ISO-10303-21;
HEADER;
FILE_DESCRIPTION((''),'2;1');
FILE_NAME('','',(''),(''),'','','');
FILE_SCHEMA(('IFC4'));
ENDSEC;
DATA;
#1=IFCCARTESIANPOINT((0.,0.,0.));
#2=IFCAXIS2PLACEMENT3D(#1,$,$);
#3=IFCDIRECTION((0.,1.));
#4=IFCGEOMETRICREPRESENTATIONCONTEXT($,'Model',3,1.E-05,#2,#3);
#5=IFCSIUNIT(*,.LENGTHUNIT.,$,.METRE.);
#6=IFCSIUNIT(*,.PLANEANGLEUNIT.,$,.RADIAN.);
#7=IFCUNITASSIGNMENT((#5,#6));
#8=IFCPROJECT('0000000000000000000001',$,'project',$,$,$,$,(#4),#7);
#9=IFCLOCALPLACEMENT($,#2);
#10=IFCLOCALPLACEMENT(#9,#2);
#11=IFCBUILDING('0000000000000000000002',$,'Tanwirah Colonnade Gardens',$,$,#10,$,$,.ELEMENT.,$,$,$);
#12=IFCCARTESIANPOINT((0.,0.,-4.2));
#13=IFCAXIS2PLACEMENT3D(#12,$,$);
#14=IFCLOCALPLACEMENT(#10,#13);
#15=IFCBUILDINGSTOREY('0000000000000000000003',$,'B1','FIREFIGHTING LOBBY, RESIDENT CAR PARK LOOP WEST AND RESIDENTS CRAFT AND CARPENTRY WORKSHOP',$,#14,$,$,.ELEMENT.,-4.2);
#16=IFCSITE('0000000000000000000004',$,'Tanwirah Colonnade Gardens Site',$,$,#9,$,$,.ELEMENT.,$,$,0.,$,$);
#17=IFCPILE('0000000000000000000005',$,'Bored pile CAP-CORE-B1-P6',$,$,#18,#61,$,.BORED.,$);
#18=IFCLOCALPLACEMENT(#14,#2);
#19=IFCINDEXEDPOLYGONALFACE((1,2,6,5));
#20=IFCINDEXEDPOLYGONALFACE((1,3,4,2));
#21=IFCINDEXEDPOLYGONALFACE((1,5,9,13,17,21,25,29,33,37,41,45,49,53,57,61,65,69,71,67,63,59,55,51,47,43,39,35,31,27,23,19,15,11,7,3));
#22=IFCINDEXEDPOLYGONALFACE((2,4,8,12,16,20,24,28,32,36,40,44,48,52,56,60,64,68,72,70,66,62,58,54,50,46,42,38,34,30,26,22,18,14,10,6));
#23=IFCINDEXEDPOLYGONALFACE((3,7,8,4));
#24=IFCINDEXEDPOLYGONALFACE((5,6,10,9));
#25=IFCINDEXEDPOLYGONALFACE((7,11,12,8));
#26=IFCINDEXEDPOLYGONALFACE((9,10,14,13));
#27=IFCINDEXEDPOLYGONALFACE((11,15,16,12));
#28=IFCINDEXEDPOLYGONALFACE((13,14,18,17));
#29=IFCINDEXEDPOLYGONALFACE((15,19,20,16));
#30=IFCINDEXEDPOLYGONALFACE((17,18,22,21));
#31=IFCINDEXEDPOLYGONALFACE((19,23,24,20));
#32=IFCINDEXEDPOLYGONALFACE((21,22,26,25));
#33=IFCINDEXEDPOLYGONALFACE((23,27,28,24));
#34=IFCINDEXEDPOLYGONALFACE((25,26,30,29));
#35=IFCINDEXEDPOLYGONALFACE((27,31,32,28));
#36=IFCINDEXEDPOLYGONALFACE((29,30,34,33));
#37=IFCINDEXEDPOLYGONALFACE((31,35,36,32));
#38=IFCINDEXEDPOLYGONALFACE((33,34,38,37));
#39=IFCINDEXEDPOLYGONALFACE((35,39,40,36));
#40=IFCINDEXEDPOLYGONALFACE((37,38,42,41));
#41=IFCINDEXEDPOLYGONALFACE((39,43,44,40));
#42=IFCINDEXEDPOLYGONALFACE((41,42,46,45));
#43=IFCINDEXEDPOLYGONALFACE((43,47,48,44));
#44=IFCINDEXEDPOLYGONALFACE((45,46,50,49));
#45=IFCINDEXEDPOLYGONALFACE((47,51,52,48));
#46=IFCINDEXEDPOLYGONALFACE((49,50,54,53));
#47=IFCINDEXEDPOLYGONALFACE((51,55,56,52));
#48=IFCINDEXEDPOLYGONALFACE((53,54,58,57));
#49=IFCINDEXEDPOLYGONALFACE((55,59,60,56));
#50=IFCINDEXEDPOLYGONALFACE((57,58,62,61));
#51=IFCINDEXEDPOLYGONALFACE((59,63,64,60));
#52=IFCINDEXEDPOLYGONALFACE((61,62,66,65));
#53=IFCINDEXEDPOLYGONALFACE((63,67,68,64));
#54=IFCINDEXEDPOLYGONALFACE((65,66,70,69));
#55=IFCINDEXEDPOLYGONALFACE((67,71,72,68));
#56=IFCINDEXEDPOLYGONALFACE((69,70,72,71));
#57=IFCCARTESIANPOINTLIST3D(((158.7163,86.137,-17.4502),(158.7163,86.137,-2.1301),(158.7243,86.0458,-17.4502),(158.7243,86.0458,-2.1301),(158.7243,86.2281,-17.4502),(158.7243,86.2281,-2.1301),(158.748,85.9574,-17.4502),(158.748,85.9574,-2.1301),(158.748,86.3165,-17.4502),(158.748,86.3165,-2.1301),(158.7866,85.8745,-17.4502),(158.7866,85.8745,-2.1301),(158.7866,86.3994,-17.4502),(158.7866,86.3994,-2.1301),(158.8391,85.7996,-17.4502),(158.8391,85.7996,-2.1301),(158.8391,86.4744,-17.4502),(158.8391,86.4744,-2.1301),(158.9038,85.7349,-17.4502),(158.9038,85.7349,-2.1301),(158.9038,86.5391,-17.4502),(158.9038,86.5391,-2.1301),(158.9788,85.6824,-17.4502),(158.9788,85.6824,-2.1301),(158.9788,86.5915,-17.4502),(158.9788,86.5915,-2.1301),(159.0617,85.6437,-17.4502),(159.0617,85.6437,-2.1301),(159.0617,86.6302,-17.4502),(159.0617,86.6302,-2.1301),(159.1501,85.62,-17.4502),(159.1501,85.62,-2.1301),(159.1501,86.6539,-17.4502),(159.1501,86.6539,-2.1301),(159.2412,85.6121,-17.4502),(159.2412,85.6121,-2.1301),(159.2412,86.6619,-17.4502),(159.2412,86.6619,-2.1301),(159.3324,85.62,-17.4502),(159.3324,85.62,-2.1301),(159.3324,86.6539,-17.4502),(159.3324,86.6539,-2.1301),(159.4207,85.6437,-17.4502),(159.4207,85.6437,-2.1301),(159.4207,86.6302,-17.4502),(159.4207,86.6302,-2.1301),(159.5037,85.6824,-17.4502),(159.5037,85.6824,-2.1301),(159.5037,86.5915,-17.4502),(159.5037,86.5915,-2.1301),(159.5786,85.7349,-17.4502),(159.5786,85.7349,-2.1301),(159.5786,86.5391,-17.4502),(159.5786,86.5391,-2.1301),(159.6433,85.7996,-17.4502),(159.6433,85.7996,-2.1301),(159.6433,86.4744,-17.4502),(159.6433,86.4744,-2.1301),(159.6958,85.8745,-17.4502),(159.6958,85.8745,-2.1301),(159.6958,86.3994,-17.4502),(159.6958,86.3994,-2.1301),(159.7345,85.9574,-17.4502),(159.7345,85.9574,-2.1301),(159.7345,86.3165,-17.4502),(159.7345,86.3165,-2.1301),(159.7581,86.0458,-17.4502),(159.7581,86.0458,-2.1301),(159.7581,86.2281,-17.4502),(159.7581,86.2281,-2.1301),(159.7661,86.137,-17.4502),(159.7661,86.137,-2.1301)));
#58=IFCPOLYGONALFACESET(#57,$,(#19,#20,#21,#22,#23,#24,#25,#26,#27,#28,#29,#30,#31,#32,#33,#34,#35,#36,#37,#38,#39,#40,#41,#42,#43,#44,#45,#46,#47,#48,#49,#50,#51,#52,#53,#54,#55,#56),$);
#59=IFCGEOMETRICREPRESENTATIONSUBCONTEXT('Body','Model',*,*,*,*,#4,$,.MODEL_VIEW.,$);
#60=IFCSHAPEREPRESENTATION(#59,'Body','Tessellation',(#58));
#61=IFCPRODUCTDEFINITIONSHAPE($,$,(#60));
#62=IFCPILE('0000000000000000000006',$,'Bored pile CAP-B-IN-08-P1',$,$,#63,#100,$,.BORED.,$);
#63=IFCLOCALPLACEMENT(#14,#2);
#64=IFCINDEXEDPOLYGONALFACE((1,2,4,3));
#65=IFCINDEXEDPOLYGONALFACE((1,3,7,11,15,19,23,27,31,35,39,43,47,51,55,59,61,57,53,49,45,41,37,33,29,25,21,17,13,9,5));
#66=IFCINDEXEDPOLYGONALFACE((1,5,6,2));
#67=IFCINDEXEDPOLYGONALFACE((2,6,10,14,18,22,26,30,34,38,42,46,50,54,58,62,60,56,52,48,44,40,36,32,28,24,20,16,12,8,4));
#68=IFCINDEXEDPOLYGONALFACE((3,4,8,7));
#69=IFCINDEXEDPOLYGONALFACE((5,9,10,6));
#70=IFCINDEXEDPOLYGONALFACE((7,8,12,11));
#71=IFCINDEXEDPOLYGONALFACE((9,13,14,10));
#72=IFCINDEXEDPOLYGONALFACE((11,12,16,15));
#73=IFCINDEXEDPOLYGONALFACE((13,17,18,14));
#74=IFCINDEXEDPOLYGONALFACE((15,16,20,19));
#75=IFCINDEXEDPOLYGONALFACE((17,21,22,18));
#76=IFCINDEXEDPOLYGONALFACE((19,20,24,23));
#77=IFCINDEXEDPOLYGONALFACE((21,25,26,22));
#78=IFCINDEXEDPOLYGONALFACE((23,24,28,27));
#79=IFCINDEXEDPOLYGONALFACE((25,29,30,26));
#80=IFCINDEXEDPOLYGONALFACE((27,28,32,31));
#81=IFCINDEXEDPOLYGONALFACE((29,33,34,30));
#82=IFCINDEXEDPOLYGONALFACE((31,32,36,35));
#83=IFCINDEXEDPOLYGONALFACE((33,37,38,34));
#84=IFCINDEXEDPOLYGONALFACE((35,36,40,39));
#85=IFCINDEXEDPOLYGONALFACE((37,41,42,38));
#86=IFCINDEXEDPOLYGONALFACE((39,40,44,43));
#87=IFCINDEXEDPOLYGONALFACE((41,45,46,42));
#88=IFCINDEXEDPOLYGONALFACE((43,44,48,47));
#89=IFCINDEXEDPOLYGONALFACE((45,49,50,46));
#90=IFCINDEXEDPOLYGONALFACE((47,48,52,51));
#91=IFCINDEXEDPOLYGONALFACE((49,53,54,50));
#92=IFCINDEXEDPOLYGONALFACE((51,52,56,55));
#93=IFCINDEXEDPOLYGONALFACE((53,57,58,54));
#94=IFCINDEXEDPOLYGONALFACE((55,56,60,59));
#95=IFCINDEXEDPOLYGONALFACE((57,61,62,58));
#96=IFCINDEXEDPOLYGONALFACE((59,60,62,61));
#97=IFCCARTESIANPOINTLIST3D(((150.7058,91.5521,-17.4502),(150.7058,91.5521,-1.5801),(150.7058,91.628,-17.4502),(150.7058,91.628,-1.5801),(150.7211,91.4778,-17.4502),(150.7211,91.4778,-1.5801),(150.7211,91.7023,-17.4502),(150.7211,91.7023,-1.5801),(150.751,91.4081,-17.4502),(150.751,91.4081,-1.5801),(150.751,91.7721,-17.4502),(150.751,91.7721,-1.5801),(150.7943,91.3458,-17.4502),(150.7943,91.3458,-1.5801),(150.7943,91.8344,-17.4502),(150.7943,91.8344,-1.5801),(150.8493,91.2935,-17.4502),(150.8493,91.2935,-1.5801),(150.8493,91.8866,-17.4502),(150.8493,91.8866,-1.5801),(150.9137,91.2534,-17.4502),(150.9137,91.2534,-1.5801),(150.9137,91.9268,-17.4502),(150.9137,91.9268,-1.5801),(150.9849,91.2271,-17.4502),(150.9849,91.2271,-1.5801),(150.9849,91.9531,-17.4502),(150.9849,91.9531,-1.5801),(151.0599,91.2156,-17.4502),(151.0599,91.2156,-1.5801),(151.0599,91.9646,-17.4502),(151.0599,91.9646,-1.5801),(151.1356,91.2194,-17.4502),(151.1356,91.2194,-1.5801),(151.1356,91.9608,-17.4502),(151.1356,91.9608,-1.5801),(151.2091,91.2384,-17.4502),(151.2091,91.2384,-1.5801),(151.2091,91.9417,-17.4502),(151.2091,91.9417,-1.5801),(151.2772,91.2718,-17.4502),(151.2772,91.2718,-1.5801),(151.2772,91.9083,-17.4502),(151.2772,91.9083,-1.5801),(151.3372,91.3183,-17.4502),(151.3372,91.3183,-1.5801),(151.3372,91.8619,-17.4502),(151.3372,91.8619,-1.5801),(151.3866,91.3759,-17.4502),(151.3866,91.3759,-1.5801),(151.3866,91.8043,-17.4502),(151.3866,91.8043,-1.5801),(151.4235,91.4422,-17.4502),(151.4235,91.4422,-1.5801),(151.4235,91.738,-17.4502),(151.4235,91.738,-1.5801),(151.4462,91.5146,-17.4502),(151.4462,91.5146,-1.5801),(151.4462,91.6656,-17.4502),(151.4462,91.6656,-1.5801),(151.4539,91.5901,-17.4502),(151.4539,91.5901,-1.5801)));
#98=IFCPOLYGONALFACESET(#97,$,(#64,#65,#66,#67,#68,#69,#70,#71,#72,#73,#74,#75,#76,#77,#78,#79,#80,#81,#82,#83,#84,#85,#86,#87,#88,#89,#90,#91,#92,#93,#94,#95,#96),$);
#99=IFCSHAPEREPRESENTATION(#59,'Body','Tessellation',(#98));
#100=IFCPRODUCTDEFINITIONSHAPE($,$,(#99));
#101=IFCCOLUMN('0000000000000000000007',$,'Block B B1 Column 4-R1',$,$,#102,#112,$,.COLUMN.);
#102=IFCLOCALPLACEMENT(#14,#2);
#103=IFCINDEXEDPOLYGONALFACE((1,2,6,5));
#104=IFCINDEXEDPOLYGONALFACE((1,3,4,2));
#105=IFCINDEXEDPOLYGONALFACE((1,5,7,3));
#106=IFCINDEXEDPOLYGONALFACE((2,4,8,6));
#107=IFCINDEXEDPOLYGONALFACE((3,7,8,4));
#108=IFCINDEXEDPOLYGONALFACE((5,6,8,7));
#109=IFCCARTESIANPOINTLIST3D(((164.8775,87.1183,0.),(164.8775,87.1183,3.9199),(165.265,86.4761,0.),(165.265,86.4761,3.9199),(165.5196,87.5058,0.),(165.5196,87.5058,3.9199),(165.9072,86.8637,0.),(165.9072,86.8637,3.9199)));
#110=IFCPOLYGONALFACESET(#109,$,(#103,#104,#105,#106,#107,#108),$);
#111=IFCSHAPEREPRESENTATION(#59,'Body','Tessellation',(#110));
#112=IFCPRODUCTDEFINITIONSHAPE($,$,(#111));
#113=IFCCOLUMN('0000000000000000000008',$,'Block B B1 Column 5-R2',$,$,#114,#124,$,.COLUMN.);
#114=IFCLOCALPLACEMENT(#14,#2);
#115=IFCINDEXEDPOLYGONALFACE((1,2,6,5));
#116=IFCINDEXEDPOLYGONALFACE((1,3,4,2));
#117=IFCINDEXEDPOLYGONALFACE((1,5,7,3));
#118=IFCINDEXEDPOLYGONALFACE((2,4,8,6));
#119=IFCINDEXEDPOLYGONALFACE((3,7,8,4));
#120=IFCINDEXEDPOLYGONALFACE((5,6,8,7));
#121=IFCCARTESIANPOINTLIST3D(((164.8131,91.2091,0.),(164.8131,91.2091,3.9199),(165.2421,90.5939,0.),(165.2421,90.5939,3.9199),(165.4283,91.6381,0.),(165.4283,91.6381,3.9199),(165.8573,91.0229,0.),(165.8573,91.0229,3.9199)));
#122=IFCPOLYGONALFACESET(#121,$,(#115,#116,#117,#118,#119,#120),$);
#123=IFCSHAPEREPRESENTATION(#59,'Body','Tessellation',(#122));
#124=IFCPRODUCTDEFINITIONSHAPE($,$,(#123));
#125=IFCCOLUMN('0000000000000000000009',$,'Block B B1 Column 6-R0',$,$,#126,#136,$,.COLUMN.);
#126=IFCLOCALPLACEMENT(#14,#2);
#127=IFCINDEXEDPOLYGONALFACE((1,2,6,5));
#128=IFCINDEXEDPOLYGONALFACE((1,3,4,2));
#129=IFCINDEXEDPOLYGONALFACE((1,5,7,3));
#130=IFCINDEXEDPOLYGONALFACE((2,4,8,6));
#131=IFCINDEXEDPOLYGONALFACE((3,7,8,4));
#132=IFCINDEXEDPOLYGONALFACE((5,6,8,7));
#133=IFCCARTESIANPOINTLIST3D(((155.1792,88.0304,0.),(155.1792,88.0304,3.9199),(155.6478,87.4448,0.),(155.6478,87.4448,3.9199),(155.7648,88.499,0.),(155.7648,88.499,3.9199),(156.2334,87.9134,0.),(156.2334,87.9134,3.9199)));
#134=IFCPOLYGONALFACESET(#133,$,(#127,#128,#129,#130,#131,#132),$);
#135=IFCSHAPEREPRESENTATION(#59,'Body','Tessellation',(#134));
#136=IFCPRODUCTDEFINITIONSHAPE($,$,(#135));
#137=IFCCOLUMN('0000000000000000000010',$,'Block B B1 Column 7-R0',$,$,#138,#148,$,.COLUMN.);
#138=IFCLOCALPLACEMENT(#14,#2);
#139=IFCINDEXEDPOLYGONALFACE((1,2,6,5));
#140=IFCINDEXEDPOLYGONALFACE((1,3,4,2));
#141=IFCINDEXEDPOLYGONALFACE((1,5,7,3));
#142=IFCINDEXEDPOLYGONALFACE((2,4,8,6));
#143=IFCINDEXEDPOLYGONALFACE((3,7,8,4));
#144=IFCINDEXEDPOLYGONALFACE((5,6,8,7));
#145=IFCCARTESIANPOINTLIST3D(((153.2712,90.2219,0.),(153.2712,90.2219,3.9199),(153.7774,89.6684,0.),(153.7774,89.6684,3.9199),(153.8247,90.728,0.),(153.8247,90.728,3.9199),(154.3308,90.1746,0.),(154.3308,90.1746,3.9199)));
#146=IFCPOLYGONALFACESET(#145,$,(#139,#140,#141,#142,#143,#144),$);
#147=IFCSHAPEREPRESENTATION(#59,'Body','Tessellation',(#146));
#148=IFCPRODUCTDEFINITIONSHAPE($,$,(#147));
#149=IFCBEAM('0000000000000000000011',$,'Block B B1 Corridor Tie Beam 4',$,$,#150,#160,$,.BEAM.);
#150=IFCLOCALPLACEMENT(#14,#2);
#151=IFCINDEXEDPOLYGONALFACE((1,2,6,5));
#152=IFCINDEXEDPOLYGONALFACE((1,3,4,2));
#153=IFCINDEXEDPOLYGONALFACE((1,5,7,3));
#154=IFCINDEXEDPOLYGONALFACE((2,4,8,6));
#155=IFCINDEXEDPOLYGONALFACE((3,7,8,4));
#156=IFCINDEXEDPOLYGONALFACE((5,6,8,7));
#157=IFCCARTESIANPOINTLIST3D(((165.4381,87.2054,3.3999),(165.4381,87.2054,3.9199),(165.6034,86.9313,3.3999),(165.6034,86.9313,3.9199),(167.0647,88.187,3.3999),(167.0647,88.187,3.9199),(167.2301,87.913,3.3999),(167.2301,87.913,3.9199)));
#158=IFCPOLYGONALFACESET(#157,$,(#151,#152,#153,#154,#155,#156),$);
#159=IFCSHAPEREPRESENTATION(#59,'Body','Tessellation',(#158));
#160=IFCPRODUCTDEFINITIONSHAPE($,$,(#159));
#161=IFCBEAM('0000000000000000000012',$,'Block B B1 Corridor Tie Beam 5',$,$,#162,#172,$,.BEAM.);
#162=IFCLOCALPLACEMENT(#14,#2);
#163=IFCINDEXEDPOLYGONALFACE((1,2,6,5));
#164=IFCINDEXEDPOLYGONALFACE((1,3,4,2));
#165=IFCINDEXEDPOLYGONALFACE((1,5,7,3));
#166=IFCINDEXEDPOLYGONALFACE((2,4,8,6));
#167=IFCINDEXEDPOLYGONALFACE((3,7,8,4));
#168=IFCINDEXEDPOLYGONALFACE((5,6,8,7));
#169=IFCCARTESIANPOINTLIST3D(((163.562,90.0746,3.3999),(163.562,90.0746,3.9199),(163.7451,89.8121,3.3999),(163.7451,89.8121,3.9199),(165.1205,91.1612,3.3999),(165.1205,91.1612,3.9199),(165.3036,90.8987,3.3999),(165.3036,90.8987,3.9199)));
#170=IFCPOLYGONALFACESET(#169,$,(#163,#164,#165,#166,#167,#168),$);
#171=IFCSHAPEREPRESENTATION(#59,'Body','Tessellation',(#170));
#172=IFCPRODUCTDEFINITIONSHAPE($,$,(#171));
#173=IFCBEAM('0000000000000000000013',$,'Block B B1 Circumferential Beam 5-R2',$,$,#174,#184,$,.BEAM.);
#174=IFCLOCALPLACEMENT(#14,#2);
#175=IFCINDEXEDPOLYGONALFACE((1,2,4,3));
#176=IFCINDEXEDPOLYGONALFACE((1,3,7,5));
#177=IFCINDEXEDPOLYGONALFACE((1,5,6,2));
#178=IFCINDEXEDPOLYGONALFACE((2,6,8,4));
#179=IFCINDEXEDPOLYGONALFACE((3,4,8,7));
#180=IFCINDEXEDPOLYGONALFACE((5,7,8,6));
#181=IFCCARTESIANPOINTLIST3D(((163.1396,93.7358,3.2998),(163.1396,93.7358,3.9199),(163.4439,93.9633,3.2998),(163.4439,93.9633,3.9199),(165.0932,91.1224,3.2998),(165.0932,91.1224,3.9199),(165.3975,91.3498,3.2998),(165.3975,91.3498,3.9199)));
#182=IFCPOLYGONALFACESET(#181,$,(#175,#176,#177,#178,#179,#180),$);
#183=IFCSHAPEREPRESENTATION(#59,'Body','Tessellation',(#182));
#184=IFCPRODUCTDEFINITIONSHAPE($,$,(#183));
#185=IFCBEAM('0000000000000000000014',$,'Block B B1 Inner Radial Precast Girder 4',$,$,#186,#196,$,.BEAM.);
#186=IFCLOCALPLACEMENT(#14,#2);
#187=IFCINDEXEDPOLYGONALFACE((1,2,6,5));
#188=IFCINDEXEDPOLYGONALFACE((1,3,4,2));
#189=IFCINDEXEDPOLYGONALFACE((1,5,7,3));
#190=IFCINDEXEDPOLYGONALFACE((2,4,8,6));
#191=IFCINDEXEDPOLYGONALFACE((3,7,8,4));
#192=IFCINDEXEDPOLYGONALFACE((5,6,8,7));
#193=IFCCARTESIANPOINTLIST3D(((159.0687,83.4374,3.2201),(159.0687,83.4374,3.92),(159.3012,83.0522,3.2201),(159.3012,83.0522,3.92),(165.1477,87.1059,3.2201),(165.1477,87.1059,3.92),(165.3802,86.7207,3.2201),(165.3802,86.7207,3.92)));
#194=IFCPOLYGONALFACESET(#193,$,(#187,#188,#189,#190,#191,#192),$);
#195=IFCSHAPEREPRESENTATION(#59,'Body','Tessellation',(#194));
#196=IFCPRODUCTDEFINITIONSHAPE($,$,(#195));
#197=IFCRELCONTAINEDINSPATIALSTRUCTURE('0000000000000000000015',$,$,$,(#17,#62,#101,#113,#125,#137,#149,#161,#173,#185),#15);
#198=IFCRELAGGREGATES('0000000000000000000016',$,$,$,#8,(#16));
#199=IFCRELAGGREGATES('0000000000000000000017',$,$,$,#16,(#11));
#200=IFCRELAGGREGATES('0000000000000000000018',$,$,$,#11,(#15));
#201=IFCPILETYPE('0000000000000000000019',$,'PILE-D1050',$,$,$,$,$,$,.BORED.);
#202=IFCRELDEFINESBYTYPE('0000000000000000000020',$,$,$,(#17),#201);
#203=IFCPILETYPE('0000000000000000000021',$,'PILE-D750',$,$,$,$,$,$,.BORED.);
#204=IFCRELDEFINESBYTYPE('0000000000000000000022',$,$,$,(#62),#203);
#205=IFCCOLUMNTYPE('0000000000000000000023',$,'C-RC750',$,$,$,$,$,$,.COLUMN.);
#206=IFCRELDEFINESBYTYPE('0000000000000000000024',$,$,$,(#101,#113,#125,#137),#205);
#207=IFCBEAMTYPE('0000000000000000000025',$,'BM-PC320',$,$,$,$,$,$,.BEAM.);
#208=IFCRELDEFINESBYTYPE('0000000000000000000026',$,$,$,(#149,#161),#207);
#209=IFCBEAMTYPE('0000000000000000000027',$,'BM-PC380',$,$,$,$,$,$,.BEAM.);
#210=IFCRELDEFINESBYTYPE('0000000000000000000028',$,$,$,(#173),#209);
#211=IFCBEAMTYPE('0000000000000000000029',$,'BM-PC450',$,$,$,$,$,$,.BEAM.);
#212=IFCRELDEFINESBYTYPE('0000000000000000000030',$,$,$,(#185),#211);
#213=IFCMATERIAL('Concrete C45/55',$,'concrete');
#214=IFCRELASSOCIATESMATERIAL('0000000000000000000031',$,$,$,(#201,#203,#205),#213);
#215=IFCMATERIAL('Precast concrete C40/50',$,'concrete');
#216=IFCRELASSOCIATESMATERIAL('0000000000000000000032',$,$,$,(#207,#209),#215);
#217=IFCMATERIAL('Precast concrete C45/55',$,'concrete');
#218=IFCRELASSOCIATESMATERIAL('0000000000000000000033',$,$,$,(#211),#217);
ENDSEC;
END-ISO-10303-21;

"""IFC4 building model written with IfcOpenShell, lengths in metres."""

from ifc_helpers import new_model, si_unit, direction, frame, origin, origin_2d, place, context, subcontext, project, spatial, rectangle, circle, extrude, material, material_profile, profile_set, type_object, element, save


model = new_model("IFC4")

# Units and contexts
model_context = context("Model", 3, precision=1e-05, world=origin(), true_north=direction((0.0, 1.0)))
body_context = subcontext(model_context, "Body", "Model", "MODEL_VIEW")
ifc_project = project(units=[si_unit("LENGTHUNIT", "METRE"), si_unit("PLANEANGLEUNIT", "RADIAN")], contexts=[model_context])

# Site, building, storey
site_placement = place(None, origin())
site = spatial("IfcSite", under=ifc_project, at=site_placement, Name="Tanwirah Colonnade Gardens Site", CompositionType="ELEMENT", RefElevation=0.0)
building_placement = place(site_placement, origin())
building = spatial("IfcBuilding", under=site, at=building_placement, Name="Tanwirah Colonnade Gardens", CompositionType="ELEMENT")
storey_placement = place(building_placement, frame((0.0, 0.0, -4.2)))
storey = spatial("IfcBuildingStorey", under=building, at=storey_placement, Name="B1", Description="FIREFIGHTING LOBBY, RESIDENT CAR PARK LOOP WEST AND RESIDENTS CRAFT AND CARPENTRY WORKSHOP", CompositionType="ELEMENT", Elevation=-4.2)

# Shared definitions
ifc_material_1 = material(Name="Concrete C45/55", Category="concrete")

# Piles
ifc_material_profile_1 = material_profile(ifc_material_1, circle(Radius=0.5249, at=origin_2d()), Name="PILE D1050")
ifc_profile_set_1 = profile_set([ifc_material_profile_1], Name="Concrete C45/55")
pile_type_1 = type_object("IfcPileType", Name="PILE-D1050", PredefinedType="BORED", material=ifc_profile_set_1)
for number, where, z_axis, x_axis, name in (
    (1, (159.2412, 86.137, -2.1301), (0.0, 0.0, -1.0), (1.0, 0.0, 0.0), "Bored pile CAP-CORE-B1-P6"),
):
    element("IfcPile", number, at=place(storey_placement, frame(where, z_axis=z_axis, x_axis=x_axis)), inside=storey, type_object=pile_type_1, Name=name, PredefinedType="BORED", context=body_context, shape_type="SweptSolid", body=[
        extrude(circle(Radius=0.5249, at=origin_2d()), origin(), (0.0, 0.0, 1.0), 15.3201),
    ])
ifc_material_profile_2 = material_profile(ifc_material_1, circle(Radius=0.375, at=origin_2d()), Name="PILE D750")
ifc_profile_set_2 = profile_set([ifc_material_profile_2], Name="Concrete C45/55")
pile_type_2 = type_object("IfcPileType", Name="PILE-D750", PredefinedType="BORED", material=ifc_profile_set_2)
pile_placement = place(storey_placement, frame((151.0789, 91.5901, -1.5801), z_axis=(0.0, 0.0, -1.0), x_axis=(1.0, 0.0, 0.0)))
element("IfcPile", 2, at=pile_placement, inside=storey, type_object=pile_type_2, Name="Bored pile CAP-B-IN-08-P1", PredefinedType="BORED", context=body_context, shape_type="SweptSolid", body=[
    extrude(circle(Radius=0.375, at=origin_2d()), origin(), (0.0, 0.0, 1.0), 15.8701),
])

# Columns
ifc_material_profile_3 = material_profile(ifc_material_1, rectangle(XDim=0.75, YDim=0.75, at=origin_2d()), Name="RC-COL 750x750")
ifc_profile_set_3 = profile_set([ifc_material_profile_3], Name="Concrete C45/55")
column_type = type_object("IfcColumnType", Name="C-RC750", PredefinedType="COLUMN", material=ifc_profile_set_3)
for number, where, z_axis, x_axis, name in (
    (3, (165.3923, 86.991, 0.0), (0.0, 0.0, 1.0), (0.856167, 0.516699, 0.0), "Block B B1 Column 4-R1"),
    (4, (165.3352, 91.116, 0.0), (0.0, 0.0, 1.0), (0.820263, 0.571987, 0.0), "Block B B1 Column 5-R2"),
    (5, (155.7063, 87.9719, 0.0), (0.0, 0.0, 1.0), (0.780794, 0.624789, 0.0), "Block B B1 Column 6-R0"),
    (6, (153.801, 90.1982, 0.0), (0.0, 0.0, 1.0), (0.737932, 0.674875, 0.0), "Block B B1 Column 7-R0"),
):
    element("IfcColumn", number, at=place(storey_placement, frame(where, z_axis=z_axis, x_axis=x_axis)), inside=storey, type_object=column_type, Name=name, PredefinedType="COLUMN", context=body_context, shape_type="SweptSolid", body=[
        extrude(rectangle(XDim=0.75, YDim=0.75, at=origin_2d()), origin(), (0.0, 0.0, 1.0), 3.9199),
    ])

# Beams
ifc_material_2 = material(Name="Precast concrete C40/50", Category="concrete")
ifc_material_profile_4 = material_profile(ifc_material_2, rectangle(XDim=0.3201, YDim=0.52, at=origin_2d()), Name="PC-BM 320x520")
ifc_profile_set_4 = profile_set([ifc_material_profile_4], Name="Precast concrete C40/50")
beam_type_1 = type_object("IfcBeamType", Name="BM-PC320", PredefinedType="BEAM", material=ifc_profile_set_4)
for number, where, z_axis, x_axis, name in (
    (7, (165.5208, 87.0684, 3.6599), (0.856175, 0.516686, 0.0), (-0.516686, 0.856175, 0.0), "Block B B1 Corridor Tie Beam 4"),
    (8, (163.6536, 89.9434, 3.6599), (0.820305, 0.571926, 0.0), (-0.571926, 0.820305, 0.0), "Block B B1 Corridor Tie Beam 5"),
):
    element("IfcBeam", number, at=place(storey_placement, frame(where, z_axis=z_axis, x_axis=x_axis)), inside=storey, type_object=beam_type_1, Name=name, PredefinedType="BEAM", context=body_context, shape_type="SweptSolid", body=[
        extrude(rectangle(XDim=0.3201, YDim=0.52, at=origin_2d()), origin(), (0.0, 0.0, 1.0), 1.8999),
    ])
ifc_material_profile_5 = material_profile(ifc_material_2, rectangle(XDim=0.3799, YDim=0.6201, at=origin_2d()), Name="PC-BM 380x620")
ifc_profile_set_5 = profile_set([ifc_material_profile_5], Name="Precast concrete C40/50")
beam_type_2 = type_object("IfcBeamType", Name="BM-PC380", PredefinedType="BEAM", material=ifc_profile_set_5)
beam_1_placement = place(storey_placement, frame((165.2454, 91.2361, 3.6099), z_axis=(-0.598718, 0.80096, 0.0), x_axis=(-0.80096, -0.598718, 0.0)))
element("IfcBeam", 9, at=beam_1_placement, inside=storey, type_object=beam_type_2, Name="Block B B1 Circumferential Beam 5-R2", PredefinedType="BEAM", context=body_context, shape_type="SweptSolid", body=[
    extrude(rectangle(XDim=0.3799, YDim=0.6201, at=origin_2d()), origin(), (0.0, 0.0, 1.0), 3.2629),
])
ifc_material_3 = material(Name="Precast concrete C45/55", Category="concrete")
ifc_material_profile_6 = material_profile(ifc_material_3, rectangle(XDim=0.45, YDim=0.7, at=origin_2d()), Name="PC-BM 450x700")
ifc_profile_set_6 = profile_set([ifc_material_profile_6], Name="Precast concrete C45/55")
beam_type_3 = type_object("IfcBeamType", Name="BM-PC450", PredefinedType="BEAM", material=ifc_profile_set_6)
beam_2_placement = place(storey_placement, frame((165.2639, 86.9133, 3.5701), z_axis=(-0.856176, -0.516684, 0.0), x_axis=(0.516684, -0.856176, 0.0)))
element("IfcBeam", 10, at=beam_2_placement, inside=storey, type_object=beam_type_3, Name="Block B B1 Inner Radial Precast Girder 4", PredefinedType="BEAM", context=body_context, shape_type="SweptSolid", body=[
    extrude(rectangle(XDim=0.45, YDim=0.7, at=origin_2d()), origin(), (0.0, 0.0, 1.0), 7.1001),
])

save(model, "model.ifc")
